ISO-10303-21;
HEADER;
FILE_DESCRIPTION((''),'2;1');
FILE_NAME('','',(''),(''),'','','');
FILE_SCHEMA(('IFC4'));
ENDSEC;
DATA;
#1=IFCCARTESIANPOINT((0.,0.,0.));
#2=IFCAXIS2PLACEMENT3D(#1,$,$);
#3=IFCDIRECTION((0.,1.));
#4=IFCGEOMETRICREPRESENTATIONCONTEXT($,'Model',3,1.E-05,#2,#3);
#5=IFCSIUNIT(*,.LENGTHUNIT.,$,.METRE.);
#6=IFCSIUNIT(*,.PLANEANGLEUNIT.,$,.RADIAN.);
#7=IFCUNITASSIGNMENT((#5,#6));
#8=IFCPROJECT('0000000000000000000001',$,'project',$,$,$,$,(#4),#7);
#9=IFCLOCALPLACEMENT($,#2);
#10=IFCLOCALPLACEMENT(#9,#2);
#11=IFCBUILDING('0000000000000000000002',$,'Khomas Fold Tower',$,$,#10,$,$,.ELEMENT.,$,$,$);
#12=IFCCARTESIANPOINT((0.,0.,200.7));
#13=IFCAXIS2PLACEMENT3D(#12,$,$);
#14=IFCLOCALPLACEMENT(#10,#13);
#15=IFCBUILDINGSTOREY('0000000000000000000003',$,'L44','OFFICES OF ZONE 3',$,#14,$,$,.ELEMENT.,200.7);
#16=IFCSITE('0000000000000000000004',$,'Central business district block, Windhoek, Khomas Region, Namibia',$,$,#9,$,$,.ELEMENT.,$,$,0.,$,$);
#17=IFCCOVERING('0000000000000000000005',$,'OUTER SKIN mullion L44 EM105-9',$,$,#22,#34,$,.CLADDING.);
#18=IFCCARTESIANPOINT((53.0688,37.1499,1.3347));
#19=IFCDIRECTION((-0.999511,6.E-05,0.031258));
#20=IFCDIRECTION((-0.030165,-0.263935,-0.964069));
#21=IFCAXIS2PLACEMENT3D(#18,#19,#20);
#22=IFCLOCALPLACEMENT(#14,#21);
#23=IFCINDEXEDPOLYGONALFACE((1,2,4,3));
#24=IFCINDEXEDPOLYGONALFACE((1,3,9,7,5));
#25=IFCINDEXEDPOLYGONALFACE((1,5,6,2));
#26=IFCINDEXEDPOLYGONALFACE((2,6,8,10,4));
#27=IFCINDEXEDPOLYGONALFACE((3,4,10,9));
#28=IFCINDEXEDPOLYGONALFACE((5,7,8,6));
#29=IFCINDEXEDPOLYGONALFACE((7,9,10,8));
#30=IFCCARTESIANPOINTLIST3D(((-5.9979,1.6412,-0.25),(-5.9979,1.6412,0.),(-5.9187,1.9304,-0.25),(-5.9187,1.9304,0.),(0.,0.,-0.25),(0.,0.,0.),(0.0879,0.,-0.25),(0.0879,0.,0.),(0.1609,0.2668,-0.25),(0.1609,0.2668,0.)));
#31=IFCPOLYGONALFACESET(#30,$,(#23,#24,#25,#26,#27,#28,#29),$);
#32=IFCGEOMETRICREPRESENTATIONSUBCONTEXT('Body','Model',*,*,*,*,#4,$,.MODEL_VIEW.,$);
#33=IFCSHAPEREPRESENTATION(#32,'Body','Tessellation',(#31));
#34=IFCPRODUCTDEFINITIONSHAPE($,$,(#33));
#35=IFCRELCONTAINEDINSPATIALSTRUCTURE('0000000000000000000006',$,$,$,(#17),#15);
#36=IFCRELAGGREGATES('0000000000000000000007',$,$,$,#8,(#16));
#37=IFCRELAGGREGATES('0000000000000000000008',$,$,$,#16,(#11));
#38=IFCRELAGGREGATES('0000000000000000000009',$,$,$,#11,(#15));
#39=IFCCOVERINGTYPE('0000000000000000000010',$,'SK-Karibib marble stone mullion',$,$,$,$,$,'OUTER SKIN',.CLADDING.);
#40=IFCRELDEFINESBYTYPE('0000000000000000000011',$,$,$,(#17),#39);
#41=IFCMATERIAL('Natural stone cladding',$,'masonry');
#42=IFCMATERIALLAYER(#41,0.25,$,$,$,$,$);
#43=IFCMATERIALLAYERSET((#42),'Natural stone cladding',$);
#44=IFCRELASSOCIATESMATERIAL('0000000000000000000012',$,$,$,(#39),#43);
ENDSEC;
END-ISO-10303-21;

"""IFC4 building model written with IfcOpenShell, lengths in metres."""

from ifc_helpers import new_model, si_unit, direction, frame, origin, place, context, subcontext, project, spatial, polyline, outline, extrude, material, layer, layer_set, type_object, element, save


model = new_model("IFC4")

# Units and contexts
model_context = context("Model", 3, precision=1e-05, world=origin(), true_north=direction((0.0, 1.0)))
body_context = subcontext(model_context, "Body", "Model", "MODEL_VIEW")
ifc_project = project(units=[si_unit("LENGTHUNIT", "METRE"), si_unit("PLANEANGLEUNIT", "RADIAN")], contexts=[model_context])

# Site, building, storey
site_placement = place(None, origin())
site = spatial("IfcSite", under=ifc_project, at=site_placement, Name="Central business district block, Windhoek, Khomas Region, Namibia", CompositionType="ELEMENT", RefElevation=0.0)
building_placement = place(site_placement, origin())
building = spatial("IfcBuilding", under=site, at=building_placement, Name="Khomas Fold Tower", CompositionType="ELEMENT")
storey_placement = place(building_placement, frame((0.0, 0.0, 200.7)))
storey = spatial("IfcBuildingStorey", under=building, at=storey_placement, Name="L44", Description="OFFICES OF ZONE 3", CompositionType="ELEMENT", Elevation=200.7)

# Covering
ifc_material_1 = material(Name="Natural stone cladding", Category="masonry")
ifc_layer_1 = layer(ifc_material_1, 0.25)
ifc_layer_set_1 = layer_set([ifc_layer_1], Name="Natural stone cladding")
covering_type_1 = type_object("IfcCoveringType", Name="SK-Karibib marble stone mullion", ElementType="OUTER SKIN", PredefinedType="CLADDING", material=ifc_layer_set_1)
covering_1_placement = place(storey_placement, frame((53.0688, 37.1499, 1.3347), z_axis=(-0.999511, 0.00006, 0.031258), x_axis=(-0.030165, -0.263935, -0.964069)))
element("IfcCovering", 1, at=covering_1_placement, inside=storey, type_object=covering_type_1, Name="OUTER SKIN mullion L44 EM105-9", PredefinedType="CLADDING", context=body_context, shape_type="SweptSolid", body=[
    extrude(outline(polyline([(0.0, 0.0), (0.0879, 0.0), (0.1609, 0.2668), (-5.9187, 1.9304), (-5.9979, 1.6412), (0.0, 0.0)])), origin(), (0.0, 0.0, -1.0), 0.25),
])

save(model, "model.ifc")
